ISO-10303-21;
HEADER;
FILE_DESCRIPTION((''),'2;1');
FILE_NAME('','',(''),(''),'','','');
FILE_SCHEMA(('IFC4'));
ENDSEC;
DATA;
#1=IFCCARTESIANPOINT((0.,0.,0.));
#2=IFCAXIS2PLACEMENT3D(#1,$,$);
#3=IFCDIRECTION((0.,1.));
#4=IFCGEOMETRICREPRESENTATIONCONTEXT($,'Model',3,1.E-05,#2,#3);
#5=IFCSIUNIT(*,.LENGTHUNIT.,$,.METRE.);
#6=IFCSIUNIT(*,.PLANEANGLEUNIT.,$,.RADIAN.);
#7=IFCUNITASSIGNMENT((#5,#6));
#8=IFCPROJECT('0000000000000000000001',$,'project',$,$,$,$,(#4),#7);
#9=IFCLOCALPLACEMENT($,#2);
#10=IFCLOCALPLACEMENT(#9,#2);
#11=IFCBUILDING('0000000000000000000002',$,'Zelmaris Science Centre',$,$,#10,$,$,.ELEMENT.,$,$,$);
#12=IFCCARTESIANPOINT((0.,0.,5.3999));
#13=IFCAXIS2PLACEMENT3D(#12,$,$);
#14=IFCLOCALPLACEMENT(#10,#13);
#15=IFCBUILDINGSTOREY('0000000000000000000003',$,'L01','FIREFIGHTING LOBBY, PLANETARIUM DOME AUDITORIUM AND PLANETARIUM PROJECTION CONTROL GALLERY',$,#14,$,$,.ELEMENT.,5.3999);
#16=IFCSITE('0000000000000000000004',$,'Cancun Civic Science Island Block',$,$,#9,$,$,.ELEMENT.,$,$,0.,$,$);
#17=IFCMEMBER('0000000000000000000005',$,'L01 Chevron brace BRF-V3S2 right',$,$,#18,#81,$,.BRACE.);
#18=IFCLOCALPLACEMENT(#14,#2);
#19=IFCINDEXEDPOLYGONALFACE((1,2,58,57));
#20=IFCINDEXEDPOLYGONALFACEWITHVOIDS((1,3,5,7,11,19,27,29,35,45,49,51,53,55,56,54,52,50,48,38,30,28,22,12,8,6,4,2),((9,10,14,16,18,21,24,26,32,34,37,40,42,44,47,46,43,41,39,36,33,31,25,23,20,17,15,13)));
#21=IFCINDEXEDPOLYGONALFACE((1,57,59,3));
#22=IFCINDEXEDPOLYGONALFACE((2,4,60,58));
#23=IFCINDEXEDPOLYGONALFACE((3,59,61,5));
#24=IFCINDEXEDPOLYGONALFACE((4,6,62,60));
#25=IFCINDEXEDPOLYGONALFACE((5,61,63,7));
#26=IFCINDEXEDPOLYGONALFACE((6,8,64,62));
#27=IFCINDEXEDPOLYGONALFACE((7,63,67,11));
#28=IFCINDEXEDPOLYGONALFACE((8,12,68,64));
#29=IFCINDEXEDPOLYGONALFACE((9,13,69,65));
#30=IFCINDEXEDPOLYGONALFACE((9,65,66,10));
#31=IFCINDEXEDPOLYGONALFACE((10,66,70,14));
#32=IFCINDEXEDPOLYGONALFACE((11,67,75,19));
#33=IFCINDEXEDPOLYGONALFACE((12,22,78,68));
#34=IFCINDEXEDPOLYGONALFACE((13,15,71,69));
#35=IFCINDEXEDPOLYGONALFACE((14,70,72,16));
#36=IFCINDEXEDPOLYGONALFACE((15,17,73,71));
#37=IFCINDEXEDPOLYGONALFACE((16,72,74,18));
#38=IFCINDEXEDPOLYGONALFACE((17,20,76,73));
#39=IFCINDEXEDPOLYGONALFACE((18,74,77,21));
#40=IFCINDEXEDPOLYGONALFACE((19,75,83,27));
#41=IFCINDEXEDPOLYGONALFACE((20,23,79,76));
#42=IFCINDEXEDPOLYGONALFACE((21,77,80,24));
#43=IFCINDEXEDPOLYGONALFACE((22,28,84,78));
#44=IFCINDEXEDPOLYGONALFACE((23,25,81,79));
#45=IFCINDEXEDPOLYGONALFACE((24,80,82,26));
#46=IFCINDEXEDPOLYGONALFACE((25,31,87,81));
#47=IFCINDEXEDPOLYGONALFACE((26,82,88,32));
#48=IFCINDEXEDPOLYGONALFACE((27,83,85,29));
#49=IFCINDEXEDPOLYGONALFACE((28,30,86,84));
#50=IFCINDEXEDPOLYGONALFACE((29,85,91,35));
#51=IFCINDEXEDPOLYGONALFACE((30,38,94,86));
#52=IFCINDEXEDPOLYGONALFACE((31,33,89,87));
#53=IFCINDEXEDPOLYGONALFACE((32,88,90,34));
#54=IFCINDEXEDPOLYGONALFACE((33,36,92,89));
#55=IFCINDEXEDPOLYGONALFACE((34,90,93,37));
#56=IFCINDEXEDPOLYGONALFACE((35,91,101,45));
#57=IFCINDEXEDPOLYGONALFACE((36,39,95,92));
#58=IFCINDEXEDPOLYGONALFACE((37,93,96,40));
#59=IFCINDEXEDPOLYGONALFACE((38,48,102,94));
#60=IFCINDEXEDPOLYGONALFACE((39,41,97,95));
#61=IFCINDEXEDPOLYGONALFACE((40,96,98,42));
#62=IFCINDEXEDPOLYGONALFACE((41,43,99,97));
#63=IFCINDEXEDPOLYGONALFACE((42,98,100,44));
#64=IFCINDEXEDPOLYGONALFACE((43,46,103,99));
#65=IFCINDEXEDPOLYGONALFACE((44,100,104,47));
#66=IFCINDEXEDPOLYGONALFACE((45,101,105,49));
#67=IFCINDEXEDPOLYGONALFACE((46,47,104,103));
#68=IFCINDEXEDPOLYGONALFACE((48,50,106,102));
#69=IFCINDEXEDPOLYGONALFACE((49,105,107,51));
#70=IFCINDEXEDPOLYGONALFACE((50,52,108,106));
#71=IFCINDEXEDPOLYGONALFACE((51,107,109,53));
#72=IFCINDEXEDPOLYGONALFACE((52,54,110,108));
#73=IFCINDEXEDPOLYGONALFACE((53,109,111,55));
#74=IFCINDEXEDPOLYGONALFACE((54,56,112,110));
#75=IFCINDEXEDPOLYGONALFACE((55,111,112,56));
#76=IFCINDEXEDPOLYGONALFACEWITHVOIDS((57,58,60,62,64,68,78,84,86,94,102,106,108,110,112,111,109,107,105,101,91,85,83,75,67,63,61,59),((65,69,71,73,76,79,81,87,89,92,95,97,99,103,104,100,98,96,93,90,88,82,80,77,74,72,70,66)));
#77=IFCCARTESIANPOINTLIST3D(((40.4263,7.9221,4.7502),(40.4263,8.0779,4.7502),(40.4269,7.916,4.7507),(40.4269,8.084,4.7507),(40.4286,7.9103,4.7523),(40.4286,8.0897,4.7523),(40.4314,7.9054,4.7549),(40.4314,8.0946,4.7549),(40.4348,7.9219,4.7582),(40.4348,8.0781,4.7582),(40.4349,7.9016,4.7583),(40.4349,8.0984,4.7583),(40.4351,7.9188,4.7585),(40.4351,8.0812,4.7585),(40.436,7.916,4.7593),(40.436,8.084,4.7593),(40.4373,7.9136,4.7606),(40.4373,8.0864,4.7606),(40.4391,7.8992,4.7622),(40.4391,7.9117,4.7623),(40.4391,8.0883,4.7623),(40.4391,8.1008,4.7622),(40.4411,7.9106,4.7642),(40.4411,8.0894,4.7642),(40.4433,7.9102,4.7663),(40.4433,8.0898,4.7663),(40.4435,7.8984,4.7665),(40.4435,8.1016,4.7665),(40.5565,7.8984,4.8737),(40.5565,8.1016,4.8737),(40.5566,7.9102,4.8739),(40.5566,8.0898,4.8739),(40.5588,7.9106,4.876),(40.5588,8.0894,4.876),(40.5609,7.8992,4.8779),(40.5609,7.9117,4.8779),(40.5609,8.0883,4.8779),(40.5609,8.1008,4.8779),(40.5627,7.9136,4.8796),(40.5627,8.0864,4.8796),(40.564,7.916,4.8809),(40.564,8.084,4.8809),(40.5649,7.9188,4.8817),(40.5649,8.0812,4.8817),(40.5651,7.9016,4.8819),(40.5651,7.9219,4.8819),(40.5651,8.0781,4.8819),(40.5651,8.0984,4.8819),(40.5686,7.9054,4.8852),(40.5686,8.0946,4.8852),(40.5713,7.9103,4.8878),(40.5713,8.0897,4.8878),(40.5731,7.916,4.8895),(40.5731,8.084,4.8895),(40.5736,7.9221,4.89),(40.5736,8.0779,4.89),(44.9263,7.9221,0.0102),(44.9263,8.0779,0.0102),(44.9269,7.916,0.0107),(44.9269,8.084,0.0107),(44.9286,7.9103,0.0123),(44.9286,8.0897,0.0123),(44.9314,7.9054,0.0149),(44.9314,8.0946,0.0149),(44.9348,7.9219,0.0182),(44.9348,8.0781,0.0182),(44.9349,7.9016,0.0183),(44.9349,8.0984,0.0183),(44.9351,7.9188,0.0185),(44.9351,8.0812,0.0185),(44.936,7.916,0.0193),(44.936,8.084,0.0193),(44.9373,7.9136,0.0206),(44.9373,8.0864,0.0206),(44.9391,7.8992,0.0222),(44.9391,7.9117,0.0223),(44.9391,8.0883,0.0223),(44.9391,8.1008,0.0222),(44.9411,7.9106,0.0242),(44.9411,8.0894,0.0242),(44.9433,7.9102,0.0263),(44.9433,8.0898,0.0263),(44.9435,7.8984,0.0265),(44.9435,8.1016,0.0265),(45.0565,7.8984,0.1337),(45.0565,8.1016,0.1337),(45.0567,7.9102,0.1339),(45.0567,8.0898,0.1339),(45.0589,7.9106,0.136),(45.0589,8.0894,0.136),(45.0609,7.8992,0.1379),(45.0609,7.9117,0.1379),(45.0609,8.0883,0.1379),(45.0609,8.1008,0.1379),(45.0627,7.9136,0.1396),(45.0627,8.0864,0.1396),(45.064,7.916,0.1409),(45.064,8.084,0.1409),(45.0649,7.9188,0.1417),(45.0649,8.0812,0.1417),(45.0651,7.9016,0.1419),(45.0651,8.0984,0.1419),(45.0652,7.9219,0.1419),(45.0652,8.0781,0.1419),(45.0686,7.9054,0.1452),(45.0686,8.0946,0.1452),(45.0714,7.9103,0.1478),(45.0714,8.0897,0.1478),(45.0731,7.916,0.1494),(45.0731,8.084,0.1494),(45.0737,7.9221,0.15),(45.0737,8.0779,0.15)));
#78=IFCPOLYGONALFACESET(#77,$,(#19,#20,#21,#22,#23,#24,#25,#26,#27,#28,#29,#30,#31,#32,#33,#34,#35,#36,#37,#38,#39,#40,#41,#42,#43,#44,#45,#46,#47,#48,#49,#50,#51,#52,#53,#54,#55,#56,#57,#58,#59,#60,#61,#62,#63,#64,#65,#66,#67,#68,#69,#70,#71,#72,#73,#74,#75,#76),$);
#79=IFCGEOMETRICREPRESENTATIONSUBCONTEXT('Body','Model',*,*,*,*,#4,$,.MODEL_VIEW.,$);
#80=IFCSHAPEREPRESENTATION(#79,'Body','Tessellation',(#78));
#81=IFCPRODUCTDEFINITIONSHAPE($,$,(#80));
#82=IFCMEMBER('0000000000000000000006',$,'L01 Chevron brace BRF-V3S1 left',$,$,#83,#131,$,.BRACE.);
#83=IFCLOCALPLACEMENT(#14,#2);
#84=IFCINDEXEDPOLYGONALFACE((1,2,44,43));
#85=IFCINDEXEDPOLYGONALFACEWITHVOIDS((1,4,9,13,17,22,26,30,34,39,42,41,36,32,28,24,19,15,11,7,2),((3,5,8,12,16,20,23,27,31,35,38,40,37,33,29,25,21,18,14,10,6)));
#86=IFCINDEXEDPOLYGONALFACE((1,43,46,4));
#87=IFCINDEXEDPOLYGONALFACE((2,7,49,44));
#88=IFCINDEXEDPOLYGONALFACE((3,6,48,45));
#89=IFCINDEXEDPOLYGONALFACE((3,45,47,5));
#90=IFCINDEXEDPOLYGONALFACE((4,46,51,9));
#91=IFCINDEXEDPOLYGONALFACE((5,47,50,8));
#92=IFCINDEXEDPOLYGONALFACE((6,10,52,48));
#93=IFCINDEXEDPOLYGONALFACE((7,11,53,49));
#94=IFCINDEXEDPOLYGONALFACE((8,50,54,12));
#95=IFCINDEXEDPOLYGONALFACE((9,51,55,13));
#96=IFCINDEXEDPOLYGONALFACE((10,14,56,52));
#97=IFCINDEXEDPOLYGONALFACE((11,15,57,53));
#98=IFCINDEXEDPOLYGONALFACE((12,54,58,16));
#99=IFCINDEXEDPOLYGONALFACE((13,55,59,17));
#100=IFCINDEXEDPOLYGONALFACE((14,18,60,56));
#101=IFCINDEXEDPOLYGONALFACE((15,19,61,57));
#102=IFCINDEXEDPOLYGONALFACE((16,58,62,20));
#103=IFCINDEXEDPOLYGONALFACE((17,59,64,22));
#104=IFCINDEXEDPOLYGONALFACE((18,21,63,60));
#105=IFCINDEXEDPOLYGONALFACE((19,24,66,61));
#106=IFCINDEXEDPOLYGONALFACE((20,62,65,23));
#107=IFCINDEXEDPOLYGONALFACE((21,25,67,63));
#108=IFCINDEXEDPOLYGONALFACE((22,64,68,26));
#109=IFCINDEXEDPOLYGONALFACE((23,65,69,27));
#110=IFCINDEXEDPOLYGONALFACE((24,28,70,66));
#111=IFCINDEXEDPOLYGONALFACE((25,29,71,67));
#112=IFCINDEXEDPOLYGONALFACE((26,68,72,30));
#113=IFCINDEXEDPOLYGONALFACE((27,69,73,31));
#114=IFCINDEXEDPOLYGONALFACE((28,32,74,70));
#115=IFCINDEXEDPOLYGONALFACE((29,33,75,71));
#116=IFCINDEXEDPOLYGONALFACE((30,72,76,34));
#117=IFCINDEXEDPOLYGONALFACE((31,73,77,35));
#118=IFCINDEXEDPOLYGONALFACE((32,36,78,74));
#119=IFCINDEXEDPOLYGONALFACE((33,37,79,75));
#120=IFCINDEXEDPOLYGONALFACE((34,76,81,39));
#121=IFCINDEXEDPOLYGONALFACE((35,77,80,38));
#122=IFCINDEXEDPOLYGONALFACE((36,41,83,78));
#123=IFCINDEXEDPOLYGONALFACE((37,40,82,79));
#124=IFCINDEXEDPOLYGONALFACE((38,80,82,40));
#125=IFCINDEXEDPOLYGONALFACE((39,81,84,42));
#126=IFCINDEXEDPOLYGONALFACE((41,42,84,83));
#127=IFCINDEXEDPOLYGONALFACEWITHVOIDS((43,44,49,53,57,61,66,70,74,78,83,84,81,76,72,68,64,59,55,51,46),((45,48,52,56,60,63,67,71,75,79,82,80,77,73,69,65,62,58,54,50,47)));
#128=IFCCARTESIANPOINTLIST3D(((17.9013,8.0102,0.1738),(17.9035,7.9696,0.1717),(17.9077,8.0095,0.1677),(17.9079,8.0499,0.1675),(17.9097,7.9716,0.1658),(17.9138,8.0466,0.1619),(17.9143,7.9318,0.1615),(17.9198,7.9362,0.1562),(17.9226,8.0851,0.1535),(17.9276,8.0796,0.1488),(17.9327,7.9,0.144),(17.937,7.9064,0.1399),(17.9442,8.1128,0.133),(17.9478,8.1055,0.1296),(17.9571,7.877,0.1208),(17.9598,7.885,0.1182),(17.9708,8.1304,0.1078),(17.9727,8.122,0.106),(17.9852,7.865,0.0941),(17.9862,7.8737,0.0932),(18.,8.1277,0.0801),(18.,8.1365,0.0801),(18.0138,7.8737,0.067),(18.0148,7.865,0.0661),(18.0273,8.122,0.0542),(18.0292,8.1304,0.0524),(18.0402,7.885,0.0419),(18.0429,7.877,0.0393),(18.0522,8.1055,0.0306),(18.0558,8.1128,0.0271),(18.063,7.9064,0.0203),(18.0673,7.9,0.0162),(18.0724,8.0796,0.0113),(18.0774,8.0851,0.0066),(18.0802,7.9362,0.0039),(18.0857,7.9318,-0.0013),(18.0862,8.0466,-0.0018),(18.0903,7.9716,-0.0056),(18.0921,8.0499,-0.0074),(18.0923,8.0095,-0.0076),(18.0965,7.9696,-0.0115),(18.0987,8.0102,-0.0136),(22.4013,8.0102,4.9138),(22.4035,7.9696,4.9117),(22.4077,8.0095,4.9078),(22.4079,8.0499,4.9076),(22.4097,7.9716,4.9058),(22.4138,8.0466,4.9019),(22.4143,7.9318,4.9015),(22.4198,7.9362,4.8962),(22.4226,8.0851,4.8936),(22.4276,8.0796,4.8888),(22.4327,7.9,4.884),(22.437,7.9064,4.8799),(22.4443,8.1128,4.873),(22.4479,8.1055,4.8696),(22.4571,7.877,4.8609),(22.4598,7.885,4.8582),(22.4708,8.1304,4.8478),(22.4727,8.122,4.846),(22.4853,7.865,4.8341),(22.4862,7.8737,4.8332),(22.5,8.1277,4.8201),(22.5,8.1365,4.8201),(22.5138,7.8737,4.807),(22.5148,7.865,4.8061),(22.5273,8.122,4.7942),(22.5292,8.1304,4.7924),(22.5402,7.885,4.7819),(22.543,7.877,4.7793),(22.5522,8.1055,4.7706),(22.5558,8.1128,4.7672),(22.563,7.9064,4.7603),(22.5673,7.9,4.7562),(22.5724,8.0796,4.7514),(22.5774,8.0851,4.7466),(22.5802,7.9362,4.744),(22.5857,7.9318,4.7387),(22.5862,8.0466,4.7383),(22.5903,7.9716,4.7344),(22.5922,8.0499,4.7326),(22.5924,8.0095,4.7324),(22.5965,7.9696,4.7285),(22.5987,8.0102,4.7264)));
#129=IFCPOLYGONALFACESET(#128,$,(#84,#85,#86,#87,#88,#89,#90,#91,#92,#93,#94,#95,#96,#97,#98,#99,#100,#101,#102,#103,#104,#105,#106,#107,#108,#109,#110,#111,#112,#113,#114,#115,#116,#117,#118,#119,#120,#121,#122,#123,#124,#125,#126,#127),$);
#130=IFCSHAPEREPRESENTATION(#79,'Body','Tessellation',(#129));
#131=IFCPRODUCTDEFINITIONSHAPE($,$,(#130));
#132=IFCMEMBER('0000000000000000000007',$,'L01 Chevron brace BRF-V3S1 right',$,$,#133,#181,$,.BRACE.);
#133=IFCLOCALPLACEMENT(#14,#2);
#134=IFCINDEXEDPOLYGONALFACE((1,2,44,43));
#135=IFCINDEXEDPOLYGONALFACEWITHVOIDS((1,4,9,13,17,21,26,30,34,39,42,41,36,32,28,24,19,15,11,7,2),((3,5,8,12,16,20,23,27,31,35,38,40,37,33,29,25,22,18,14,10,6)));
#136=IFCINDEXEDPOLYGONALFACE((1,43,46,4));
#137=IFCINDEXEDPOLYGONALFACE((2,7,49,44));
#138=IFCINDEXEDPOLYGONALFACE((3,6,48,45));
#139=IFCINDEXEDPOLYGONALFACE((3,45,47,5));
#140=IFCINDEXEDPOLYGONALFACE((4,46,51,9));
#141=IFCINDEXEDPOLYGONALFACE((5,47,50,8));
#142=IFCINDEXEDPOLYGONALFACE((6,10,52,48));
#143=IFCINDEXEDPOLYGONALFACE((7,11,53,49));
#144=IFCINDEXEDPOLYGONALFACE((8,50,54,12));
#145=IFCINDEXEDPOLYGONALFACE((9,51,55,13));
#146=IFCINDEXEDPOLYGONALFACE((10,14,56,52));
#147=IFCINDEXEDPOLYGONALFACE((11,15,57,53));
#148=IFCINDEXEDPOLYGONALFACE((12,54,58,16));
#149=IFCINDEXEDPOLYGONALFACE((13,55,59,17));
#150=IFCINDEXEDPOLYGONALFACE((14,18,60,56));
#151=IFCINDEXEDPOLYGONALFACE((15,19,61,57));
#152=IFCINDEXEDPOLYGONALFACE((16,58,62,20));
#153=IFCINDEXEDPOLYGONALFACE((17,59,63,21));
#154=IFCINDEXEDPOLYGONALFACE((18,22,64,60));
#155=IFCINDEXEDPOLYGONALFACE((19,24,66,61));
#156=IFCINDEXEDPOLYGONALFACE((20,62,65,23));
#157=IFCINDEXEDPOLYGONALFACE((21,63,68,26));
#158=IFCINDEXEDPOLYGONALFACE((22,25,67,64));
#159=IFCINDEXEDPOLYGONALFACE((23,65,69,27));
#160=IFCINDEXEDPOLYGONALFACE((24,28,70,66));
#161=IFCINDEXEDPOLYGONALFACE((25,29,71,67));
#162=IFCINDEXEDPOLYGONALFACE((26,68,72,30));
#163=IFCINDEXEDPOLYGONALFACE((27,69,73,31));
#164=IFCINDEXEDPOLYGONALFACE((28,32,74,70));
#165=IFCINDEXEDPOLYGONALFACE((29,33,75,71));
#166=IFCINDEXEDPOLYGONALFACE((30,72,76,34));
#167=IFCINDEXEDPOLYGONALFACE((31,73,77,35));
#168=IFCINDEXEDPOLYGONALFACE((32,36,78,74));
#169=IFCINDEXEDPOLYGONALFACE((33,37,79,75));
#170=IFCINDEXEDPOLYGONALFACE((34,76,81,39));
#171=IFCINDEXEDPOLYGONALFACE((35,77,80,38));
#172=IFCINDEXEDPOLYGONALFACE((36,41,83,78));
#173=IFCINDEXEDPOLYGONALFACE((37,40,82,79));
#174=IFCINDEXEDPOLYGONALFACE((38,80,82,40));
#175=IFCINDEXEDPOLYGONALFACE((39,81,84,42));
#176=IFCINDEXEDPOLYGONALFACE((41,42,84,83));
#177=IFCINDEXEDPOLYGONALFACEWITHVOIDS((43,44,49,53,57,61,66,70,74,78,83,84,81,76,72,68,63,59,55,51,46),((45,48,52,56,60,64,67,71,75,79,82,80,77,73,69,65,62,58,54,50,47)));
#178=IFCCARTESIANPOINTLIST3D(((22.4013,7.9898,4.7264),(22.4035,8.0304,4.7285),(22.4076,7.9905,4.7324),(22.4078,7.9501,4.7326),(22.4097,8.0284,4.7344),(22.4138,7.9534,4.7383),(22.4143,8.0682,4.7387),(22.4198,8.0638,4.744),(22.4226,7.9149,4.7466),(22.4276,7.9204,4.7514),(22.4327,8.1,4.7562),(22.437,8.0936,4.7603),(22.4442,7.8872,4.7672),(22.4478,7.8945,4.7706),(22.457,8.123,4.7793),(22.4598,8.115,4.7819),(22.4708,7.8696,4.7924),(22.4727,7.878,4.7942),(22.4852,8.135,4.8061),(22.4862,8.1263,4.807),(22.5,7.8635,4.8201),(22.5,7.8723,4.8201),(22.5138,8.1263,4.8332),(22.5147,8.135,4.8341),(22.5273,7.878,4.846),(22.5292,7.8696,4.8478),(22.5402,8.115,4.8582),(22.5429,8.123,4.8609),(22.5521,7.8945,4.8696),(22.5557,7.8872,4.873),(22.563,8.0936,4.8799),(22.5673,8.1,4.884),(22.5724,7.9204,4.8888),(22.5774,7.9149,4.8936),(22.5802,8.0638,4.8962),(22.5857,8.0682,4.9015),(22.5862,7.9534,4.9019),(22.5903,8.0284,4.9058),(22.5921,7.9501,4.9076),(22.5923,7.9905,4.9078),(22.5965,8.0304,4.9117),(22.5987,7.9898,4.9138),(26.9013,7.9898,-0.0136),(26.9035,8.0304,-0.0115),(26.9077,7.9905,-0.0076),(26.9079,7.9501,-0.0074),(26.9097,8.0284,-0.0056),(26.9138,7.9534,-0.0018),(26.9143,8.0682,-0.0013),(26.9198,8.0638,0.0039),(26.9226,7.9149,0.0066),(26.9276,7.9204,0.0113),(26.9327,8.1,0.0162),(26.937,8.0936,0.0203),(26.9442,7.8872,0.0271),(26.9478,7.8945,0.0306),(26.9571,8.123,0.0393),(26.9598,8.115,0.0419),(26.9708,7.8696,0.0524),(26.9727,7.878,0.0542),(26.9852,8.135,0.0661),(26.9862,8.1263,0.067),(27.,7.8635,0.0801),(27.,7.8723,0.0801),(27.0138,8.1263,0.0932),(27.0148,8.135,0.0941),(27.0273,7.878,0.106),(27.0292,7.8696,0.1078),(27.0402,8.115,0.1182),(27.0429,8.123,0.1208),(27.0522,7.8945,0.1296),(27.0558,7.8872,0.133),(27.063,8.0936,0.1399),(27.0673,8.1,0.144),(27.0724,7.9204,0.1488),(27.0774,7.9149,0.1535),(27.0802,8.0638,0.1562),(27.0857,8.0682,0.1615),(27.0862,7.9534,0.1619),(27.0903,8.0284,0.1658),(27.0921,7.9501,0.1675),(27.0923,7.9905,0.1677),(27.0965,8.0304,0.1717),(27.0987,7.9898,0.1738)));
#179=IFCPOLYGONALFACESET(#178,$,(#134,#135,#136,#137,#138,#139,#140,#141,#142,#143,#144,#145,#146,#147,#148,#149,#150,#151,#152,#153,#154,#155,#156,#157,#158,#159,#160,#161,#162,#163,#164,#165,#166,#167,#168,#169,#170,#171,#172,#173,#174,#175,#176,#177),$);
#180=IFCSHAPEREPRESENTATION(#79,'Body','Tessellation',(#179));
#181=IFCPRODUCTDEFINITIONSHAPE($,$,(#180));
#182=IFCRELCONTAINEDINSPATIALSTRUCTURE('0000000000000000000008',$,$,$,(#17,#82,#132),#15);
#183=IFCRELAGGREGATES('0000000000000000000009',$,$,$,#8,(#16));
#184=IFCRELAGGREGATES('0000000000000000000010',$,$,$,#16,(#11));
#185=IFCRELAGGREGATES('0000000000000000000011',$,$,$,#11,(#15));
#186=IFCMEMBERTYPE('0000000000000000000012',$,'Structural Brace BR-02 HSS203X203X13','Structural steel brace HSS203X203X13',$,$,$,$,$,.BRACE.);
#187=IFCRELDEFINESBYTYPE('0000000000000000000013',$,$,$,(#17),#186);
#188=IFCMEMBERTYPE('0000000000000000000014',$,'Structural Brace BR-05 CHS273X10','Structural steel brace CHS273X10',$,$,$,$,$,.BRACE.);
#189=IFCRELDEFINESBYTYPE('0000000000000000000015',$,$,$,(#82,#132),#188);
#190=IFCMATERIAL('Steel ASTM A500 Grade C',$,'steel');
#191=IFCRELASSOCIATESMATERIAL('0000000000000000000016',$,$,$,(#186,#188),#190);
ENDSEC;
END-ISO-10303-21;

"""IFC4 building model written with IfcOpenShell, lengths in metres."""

from ifc_helpers import new_model, si_unit, direction, frame, origin, origin_2d, place, context, subcontext, project, spatial, hollow_rectangle, hollow_circle, extrude, material, material_profile, profile_set, type_object, element, save


model = new_model("IFC4")

# Units and contexts
model_context = context("Model", 3, precision=1e-05, world=origin(), true_north=direction((0.0, 1.0)))
body_context = subcontext(model_context, "Body", "Model", "MODEL_VIEW")
ifc_project = project(units=[si_unit("LENGTHUNIT", "METRE"), si_unit("PLANEANGLEUNIT", "RADIAN")], contexts=[model_context])

# Site, building, storey
site_placement = place(None, origin())
site = spatial("IfcSite", under=ifc_project, at=site_placement, Name="Cancun Civic Science Island Block", CompositionType="ELEMENT", RefElevation=0.0)
building_placement = place(site_placement, origin())
building = spatial("IfcBuilding", under=site, at=building_placement, Name="Zelmaris Science Centre", CompositionType="ELEMENT")
storey_placement = place(building_placement, frame((0.0, 0.0, 5.3999)))
storey = spatial("IfcBuildingStorey", under=building, at=storey_placement, Name="L01", Description="FIREFIGHTING LOBBY, PLANETARIUM DOME AUDITORIUM AND PLANETARIUM PROJECTION CONTROL GALLERY", CompositionType="ELEMENT", Elevation=5.3999)

# Members
ifc_material_1 = material(Name="Steel ASTM A500 Grade C", Category="steel")
ifc_material_profile_1 = material_profile(ifc_material_1, hollow_rectangle(XDim=0.2031, YDim=0.2031, WallThickness=0.0117, InnerFilletRadius=0.0117, OuterFilletRadius=0.0237, at=origin_2d()), Name="HSS203X203X13")
ifc_profile_set_1 = profile_set([ifc_material_profile_1], Name="Steel ASTM A500 Grade C")
member_type_1 = type_object("IfcMemberType", Name="Structural Brace BR-02 HSS203X203X13", Description="Structural steel brace HSS203X203X13", PredefinedType="BRACE", material=ifc_profile_set_1)
for number, where, z_axis, x_axis, name in (
    (1, (45.0, 8.0, 0.0801), (-0.688509, 0.0, 0.725228), (0.0, -1.0, 0.0), "L01 Chevron brace BRF-V3S2 right"),
):
    element("IfcMember", number, at=place(storey_placement, frame(where, z_axis=z_axis, x_axis=x_axis)), inside=storey, type_object=member_type_1, Name=name, PredefinedType="BRACE", context=body_context, shape_type="SweptSolid", body=[
        extrude(hollow_rectangle(XDim=0.2031, YDim=0.2031, WallThickness=0.0117, InnerFilletRadius=0.0117, OuterFilletRadius=0.0237, at=origin_2d()), origin(), (0.0, 0.0, 1.0), 6.5359),
    ])
ifc_material_profile_2 = material_profile(ifc_material_1, hollow_circle(Radius=0.1365, WallThickness=0.0088, at=origin_2d()), Name="CHS273X10")
ifc_profile_set_2 = profile_set([ifc_material_profile_2], Name="Steel ASTM A500 Grade C")
member_type_2 = type_object("IfcMemberType", Name="Structural Brace BR-05 CHS273X10", Description="Structural steel brace CHS273X10", PredefinedType="BRACE", material=ifc_profile_set_2)
for number, where, z_axis, x_axis, name in (
    (2, (18.0, 8.0, 0.0801), (0.688509, 0.0, 0.725228), (0.0, 1.0, 0.0), "L01 Chevron brace BRF-V3S1 left"),
    (3, (27.0, 8.0, 0.0801), (-0.688509, 0.0, 0.725228), (0.0, -1.0, 0.0), "L01 Chevron brace BRF-V3S1 right"),
):
    element("IfcMember", number, at=place(storey_placement, frame(where, z_axis=z_axis, x_axis=x_axis)), inside=storey, type_object=member_type_2, Name=name, PredefinedType="BRACE", context=body_context, shape_type="SweptSolid", body=[
        extrude(hollow_circle(Radius=0.1365, WallThickness=0.0088, at=origin_2d()), origin(), (0.0, 0.0, 1.0), 6.5359),
    ])

save(model, "model.ifc")
